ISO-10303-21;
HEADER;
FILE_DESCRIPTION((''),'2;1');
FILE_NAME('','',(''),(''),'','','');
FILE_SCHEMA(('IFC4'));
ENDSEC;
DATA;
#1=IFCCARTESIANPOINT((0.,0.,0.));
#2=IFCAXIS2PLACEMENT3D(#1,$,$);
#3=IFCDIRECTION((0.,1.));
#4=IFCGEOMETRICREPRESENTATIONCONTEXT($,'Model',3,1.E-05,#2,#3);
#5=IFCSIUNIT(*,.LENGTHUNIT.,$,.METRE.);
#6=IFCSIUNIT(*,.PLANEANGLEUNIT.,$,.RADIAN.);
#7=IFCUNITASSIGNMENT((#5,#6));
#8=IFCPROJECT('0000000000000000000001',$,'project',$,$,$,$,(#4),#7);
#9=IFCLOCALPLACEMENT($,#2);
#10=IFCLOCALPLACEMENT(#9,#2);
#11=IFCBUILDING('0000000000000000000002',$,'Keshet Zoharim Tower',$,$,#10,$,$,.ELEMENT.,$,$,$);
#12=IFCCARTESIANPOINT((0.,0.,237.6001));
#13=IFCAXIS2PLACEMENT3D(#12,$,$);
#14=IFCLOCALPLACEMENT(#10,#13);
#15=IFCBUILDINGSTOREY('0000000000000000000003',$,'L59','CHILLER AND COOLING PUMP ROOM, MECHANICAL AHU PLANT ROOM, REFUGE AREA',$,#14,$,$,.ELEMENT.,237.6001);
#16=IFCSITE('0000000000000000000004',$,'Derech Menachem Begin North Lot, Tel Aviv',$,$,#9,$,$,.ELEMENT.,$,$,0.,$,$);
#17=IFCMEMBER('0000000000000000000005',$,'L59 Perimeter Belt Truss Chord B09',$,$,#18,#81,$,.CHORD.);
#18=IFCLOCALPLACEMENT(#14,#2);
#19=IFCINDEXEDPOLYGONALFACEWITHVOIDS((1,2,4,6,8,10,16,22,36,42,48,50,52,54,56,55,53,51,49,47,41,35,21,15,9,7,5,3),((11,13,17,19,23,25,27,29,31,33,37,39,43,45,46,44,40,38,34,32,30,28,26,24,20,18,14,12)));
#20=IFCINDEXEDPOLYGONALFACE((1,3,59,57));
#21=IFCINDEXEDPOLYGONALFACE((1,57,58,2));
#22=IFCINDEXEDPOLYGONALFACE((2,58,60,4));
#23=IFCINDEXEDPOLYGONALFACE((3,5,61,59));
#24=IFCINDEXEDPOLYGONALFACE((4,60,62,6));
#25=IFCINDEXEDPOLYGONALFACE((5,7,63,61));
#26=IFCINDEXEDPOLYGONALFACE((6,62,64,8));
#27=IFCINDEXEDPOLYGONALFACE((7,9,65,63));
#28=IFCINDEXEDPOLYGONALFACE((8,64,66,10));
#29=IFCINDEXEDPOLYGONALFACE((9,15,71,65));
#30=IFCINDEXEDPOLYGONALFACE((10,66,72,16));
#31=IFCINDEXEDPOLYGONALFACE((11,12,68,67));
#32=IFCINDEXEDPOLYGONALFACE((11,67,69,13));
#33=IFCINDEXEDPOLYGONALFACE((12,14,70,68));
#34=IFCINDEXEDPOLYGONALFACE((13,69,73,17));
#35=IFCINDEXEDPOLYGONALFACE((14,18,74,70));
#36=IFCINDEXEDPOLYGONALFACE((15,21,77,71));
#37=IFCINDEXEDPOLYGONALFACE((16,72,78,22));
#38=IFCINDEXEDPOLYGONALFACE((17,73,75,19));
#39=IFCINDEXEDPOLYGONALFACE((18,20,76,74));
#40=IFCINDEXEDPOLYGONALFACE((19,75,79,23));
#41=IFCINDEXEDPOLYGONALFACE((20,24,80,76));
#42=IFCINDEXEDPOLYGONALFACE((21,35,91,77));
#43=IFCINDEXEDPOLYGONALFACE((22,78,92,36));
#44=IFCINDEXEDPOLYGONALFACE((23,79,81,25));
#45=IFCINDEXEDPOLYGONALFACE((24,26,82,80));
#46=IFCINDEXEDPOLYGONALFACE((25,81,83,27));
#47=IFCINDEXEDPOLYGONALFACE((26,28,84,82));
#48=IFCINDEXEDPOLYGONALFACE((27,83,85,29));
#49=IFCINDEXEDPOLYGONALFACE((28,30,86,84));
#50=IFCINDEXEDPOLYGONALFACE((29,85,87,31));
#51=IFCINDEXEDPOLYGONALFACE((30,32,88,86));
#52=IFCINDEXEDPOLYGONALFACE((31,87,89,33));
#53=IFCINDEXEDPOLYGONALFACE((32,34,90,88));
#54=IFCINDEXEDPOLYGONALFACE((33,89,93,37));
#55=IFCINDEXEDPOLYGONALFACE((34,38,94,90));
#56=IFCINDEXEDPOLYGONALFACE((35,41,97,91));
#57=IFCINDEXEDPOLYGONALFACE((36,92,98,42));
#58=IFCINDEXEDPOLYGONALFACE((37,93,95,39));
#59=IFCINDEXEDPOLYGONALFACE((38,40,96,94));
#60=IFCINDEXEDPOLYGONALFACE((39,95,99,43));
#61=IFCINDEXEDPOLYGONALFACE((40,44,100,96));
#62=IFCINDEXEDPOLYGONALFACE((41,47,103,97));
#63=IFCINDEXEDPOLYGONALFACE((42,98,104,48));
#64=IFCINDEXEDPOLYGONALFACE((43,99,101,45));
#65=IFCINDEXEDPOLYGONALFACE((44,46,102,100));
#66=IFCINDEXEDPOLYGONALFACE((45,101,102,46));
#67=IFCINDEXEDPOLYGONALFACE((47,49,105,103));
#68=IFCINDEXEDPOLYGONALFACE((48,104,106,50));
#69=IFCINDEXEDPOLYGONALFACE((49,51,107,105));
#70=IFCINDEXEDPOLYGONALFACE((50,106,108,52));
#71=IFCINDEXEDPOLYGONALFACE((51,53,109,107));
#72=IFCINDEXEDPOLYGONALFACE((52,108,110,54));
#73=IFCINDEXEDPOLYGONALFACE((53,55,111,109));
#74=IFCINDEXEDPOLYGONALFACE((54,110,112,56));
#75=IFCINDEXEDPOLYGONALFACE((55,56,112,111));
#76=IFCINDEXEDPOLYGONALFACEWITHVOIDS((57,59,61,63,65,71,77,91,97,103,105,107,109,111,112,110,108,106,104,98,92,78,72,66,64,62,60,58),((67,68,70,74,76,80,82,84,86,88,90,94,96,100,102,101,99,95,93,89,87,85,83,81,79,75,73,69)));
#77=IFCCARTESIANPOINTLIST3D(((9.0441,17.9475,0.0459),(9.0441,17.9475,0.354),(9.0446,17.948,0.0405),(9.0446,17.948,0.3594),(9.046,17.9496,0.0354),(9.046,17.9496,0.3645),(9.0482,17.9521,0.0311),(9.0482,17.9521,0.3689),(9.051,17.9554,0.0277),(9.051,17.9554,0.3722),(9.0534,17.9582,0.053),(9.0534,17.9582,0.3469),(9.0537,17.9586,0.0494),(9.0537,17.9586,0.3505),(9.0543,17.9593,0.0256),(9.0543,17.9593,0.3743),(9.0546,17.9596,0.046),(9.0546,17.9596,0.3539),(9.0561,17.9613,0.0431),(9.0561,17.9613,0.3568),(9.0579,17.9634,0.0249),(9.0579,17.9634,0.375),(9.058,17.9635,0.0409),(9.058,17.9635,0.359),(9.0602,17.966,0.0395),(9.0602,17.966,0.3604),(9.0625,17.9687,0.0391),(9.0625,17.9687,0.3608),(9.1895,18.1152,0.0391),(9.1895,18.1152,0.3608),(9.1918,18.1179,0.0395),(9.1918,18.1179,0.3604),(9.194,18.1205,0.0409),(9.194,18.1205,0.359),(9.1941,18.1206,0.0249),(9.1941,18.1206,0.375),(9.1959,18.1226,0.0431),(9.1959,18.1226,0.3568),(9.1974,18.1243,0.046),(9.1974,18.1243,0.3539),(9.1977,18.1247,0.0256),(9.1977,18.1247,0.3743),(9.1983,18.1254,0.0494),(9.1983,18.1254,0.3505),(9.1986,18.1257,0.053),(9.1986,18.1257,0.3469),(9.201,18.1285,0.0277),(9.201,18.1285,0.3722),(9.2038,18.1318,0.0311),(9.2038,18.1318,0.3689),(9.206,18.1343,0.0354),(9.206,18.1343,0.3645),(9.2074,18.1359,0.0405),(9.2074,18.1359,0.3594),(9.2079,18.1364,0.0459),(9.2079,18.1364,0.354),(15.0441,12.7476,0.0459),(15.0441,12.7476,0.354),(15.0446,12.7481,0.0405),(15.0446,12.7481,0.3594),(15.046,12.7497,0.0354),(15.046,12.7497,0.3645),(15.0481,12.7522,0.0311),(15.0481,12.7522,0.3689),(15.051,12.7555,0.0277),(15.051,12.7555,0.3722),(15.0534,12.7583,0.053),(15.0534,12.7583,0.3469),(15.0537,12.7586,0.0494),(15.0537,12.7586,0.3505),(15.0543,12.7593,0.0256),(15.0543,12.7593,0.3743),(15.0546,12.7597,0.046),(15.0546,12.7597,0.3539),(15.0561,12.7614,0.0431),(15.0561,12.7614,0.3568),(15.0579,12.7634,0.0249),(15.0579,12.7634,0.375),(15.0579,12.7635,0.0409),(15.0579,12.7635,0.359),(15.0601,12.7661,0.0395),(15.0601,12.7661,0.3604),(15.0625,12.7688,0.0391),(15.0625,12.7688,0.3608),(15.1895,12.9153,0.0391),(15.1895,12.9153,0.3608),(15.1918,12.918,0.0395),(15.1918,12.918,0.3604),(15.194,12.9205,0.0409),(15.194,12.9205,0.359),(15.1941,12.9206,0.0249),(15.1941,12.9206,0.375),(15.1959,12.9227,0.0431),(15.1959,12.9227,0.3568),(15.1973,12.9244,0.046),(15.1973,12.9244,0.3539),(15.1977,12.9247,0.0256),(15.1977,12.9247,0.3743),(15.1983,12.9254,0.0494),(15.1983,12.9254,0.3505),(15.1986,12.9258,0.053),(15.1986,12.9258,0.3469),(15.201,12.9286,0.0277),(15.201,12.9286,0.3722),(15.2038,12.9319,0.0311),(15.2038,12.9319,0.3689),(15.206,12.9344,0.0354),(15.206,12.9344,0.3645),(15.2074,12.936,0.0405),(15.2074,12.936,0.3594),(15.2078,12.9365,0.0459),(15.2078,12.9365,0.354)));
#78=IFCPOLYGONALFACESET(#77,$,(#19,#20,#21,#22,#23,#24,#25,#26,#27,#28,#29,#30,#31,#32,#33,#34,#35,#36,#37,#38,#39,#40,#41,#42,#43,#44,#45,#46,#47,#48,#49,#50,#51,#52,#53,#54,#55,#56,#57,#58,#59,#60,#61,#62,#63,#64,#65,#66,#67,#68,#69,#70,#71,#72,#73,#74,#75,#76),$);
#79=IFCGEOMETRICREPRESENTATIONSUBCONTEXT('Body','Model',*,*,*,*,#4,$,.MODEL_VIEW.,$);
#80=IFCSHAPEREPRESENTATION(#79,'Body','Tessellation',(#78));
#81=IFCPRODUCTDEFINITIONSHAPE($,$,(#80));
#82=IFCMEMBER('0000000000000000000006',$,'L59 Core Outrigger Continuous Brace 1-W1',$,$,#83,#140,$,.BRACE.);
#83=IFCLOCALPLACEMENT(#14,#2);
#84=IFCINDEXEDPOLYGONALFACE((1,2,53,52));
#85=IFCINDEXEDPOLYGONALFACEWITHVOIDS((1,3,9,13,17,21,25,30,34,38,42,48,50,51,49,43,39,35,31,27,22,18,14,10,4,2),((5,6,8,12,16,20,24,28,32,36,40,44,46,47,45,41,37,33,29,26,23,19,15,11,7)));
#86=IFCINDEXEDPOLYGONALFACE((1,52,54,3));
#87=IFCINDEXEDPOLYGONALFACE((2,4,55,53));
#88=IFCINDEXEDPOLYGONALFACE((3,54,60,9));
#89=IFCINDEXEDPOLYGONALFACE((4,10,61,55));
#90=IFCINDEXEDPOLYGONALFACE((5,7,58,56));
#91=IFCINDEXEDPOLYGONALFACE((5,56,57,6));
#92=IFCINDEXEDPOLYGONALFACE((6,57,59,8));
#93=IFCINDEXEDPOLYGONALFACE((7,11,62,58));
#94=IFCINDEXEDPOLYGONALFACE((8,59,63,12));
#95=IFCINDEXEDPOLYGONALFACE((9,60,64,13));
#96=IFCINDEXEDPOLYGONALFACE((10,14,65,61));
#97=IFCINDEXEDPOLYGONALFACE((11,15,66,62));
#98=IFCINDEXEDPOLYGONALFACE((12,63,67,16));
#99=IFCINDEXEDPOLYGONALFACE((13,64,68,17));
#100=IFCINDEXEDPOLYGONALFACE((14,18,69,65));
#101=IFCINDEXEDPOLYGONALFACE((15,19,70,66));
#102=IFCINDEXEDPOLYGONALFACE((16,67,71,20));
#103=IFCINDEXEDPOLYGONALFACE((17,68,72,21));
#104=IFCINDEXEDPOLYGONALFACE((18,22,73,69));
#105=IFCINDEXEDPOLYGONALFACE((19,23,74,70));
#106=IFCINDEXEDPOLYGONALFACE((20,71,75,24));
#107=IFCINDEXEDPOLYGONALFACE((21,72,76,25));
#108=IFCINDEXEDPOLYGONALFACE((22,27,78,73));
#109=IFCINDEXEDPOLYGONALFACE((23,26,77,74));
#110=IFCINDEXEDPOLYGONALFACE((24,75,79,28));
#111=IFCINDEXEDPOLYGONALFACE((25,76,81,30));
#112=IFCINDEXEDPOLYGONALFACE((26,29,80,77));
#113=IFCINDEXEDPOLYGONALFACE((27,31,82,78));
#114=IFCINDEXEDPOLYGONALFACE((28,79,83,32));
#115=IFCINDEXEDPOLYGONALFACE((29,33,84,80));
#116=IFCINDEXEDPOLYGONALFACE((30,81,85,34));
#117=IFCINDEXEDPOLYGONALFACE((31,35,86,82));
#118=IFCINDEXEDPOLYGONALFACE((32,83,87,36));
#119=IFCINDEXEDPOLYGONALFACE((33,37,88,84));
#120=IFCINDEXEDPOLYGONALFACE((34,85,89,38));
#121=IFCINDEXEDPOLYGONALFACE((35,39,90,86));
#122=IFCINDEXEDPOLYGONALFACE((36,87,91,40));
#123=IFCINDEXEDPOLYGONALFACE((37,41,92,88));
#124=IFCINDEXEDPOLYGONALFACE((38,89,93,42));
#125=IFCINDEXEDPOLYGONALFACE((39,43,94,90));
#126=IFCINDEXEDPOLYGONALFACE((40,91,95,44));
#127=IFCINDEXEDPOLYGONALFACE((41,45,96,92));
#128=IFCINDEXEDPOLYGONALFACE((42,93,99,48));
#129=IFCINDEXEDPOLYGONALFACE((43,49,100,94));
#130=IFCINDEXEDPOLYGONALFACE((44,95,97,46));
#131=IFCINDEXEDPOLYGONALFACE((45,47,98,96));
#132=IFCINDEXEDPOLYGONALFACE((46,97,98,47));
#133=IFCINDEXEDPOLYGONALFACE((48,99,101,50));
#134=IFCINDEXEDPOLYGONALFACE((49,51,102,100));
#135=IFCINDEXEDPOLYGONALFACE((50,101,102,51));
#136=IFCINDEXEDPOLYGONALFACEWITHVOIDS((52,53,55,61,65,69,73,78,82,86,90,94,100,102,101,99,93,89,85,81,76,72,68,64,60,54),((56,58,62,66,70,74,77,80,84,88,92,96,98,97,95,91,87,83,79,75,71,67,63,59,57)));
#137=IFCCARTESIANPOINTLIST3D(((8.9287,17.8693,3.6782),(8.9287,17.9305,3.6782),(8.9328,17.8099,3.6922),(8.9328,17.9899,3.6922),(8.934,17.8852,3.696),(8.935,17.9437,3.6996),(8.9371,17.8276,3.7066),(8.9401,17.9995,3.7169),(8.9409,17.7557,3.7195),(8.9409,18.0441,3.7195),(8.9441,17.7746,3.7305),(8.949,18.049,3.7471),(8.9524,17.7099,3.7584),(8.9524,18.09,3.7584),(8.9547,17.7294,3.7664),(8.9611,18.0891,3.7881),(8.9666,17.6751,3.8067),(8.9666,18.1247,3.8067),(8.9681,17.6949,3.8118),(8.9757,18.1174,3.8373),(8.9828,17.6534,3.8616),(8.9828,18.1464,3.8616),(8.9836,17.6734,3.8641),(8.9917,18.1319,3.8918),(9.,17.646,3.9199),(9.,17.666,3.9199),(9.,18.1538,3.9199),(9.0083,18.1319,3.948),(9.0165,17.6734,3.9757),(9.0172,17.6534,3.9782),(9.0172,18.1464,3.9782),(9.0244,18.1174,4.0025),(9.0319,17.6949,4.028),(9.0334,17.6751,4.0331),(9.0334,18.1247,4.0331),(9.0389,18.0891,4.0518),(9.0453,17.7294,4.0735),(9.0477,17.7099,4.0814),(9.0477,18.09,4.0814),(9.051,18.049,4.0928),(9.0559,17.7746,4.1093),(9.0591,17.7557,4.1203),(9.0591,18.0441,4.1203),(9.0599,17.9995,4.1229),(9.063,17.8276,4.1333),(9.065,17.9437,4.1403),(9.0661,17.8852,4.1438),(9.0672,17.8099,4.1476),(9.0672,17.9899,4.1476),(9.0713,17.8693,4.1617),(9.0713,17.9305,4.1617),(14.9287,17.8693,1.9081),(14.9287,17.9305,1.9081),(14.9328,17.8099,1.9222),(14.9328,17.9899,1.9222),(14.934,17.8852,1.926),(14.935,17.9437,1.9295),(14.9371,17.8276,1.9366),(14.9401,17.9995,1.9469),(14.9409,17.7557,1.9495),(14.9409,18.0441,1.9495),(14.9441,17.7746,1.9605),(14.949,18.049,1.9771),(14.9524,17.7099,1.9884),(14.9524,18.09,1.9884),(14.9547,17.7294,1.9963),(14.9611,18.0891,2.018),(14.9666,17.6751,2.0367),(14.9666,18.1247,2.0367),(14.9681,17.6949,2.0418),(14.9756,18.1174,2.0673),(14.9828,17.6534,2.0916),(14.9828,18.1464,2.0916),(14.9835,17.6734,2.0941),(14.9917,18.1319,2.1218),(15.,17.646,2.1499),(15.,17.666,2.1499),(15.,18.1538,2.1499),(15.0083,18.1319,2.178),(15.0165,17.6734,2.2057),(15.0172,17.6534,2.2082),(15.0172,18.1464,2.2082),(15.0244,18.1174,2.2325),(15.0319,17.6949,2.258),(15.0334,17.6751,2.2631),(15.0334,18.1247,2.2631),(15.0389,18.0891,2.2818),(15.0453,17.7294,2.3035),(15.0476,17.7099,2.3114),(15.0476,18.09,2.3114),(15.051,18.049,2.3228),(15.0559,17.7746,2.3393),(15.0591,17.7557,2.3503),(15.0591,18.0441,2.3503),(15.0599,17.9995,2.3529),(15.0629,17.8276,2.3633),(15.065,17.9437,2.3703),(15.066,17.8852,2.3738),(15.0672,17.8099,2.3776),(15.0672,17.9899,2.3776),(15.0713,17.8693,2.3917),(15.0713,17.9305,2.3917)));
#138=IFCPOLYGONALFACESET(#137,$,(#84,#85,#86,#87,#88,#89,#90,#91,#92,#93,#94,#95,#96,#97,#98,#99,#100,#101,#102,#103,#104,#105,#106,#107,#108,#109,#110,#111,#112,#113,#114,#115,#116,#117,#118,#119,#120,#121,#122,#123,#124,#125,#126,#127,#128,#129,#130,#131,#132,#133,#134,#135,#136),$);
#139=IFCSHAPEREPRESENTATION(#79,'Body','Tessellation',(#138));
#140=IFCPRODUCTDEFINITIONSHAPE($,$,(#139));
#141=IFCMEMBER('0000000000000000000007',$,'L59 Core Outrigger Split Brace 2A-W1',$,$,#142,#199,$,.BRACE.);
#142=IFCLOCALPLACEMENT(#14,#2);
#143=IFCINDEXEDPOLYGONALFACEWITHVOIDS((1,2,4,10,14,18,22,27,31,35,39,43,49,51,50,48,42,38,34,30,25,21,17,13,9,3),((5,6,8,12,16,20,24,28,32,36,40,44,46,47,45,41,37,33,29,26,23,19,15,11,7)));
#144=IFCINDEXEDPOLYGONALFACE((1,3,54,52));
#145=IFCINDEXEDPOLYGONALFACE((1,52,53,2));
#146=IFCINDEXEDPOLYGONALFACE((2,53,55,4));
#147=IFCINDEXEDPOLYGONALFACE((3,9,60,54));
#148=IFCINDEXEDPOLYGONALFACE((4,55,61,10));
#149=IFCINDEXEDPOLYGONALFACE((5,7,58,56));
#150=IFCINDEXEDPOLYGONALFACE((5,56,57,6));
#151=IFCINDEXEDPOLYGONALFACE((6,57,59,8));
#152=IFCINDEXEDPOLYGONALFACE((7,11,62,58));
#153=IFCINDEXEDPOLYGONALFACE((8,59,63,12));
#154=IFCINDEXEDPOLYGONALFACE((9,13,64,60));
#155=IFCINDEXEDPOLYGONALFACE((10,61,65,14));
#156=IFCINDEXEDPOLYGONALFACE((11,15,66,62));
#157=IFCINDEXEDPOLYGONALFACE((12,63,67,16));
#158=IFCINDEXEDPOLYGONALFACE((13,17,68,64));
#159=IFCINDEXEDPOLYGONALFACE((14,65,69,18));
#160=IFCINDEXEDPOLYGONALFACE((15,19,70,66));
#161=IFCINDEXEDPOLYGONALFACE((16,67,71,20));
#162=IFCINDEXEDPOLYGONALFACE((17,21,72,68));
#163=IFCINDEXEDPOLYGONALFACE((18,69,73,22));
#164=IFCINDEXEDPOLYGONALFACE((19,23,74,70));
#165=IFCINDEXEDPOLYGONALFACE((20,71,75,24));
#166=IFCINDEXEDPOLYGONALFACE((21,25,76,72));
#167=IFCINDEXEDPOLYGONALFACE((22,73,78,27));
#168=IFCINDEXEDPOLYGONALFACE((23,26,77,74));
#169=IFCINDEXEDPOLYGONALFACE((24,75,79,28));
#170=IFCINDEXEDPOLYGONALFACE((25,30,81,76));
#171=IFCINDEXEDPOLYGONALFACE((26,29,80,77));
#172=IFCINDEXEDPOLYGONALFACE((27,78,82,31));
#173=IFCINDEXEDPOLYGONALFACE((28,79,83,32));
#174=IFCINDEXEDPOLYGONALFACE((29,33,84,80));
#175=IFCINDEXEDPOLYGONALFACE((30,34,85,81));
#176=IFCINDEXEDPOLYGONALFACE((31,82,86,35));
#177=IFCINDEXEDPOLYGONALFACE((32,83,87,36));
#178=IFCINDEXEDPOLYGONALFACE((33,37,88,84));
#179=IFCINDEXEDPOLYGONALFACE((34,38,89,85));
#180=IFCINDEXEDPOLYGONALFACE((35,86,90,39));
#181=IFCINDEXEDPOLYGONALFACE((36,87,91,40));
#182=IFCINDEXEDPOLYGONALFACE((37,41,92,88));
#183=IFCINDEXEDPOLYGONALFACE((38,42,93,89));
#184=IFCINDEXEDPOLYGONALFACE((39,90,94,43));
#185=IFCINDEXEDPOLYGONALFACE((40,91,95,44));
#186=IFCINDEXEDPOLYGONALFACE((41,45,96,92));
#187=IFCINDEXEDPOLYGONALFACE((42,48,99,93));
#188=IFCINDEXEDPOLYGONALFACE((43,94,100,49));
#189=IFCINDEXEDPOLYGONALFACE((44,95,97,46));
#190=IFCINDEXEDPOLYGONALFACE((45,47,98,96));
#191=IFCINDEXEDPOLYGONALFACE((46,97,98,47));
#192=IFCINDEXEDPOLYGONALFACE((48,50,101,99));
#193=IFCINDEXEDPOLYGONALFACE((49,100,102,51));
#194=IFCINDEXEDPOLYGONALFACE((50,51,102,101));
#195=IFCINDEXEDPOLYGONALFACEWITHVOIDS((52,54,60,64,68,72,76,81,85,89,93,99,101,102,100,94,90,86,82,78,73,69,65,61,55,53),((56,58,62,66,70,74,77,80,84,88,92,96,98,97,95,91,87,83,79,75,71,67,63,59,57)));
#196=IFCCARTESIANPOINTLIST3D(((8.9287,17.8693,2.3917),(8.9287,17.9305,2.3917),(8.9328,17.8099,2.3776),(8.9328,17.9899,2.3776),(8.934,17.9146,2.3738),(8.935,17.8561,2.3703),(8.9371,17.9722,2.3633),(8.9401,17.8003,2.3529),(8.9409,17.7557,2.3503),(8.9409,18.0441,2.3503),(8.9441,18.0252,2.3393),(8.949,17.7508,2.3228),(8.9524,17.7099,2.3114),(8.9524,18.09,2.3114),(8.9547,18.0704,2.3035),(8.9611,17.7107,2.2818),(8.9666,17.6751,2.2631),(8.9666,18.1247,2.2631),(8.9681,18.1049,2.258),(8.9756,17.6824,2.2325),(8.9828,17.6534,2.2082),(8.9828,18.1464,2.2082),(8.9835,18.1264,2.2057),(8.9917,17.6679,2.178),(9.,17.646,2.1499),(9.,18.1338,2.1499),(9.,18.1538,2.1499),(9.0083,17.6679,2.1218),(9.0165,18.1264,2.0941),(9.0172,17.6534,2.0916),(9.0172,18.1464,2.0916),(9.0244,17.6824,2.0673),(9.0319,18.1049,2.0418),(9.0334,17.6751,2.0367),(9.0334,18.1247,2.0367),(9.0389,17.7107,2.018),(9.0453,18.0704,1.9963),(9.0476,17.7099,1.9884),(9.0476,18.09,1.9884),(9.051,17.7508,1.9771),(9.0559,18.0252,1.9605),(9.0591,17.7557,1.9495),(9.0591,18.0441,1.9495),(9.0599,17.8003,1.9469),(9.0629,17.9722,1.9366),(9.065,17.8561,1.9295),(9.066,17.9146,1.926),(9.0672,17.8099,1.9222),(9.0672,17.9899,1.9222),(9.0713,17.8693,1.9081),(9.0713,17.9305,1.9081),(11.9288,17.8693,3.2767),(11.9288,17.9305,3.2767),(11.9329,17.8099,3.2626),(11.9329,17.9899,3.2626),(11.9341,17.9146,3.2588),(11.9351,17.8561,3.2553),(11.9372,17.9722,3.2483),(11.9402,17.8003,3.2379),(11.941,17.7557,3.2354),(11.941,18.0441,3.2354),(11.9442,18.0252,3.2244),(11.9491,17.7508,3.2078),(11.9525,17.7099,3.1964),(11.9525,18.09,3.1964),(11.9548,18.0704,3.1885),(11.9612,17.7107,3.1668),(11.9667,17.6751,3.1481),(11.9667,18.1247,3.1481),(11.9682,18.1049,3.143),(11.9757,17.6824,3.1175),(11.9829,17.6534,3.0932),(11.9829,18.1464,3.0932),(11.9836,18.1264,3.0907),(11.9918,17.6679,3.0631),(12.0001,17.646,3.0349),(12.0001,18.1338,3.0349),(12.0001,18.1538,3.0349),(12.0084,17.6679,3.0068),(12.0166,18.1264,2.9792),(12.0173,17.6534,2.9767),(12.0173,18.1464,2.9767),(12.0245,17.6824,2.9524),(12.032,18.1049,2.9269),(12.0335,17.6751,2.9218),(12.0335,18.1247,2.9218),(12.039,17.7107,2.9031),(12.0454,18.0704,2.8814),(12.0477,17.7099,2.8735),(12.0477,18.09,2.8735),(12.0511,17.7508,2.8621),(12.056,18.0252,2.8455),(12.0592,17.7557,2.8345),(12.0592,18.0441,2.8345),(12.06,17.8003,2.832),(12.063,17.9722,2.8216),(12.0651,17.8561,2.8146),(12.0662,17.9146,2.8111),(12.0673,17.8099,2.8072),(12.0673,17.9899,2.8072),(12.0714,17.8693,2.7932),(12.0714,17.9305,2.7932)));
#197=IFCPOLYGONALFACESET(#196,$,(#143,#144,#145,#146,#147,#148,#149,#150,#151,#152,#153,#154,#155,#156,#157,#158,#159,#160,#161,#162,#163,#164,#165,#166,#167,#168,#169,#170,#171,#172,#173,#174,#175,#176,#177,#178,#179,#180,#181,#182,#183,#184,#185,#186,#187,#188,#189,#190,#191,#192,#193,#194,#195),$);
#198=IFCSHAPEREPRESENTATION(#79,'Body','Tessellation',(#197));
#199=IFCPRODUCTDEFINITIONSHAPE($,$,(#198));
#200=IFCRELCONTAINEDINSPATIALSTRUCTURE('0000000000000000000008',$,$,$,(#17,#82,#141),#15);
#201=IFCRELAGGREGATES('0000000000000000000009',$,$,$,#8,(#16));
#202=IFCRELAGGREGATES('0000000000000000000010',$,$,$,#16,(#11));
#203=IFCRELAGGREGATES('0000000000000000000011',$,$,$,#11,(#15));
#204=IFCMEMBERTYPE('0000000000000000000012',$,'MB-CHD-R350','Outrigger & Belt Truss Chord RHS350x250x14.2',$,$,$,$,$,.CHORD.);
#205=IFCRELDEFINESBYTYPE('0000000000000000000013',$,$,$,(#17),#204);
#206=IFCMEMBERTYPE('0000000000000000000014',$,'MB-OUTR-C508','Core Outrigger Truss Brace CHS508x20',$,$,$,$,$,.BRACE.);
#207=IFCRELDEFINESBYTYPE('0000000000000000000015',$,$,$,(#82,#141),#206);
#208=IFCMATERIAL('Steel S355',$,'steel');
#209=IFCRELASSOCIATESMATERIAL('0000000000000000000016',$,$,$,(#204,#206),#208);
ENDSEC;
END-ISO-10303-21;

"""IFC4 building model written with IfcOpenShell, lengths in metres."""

from ifc_helpers import new_model, si_unit, direction, frame, origin, origin_2d, place, context, subcontext, project, spatial, hollow_rectangle, hollow_circle, extrude, material, material_profile, profile_set, type_object, element, save


model = new_model("IFC4")

# Units and contexts
model_context = context("Model", 3, precision=1e-05, world=origin(), true_north=direction((0.0, 1.0)))
body_context = subcontext(model_context, "Body", "Model", "MODEL_VIEW")
ifc_project = project(units=[si_unit("LENGTHUNIT", "METRE"), si_unit("PLANEANGLEUNIT", "RADIAN")], contexts=[model_context])

# Site, building, storey
site_placement = place(None, origin())
site = spatial("IfcSite", under=ifc_project, at=site_placement, Name="Derech Menachem Begin North Lot, Tel Aviv", CompositionType="ELEMENT", RefElevation=0.0)
building_placement = place(site_placement, origin())
building = spatial("IfcBuilding", under=site, at=building_placement, Name="Keshet Zoharim Tower", CompositionType="ELEMENT")
storey_placement = place(building_placement, frame((0.0, 0.0, 237.6001)))
storey = spatial("IfcBuildingStorey", under=building, at=storey_placement, Name="L59", Description="CHILLER AND COOLING PUMP ROOM, MECHANICAL AHU PLANT ROOM, REFUGE AREA", CompositionType="ELEMENT", Elevation=237.6001)

# Shared definitions
ifc_material_1 = material(Name="Steel S355", Category="steel")

# Members
ifc_material_profile_1 = material_profile(ifc_material_1, hollow_rectangle(XDim=0.25, YDim=0.3501, WallThickness=0.0142, InnerFilletRadius=0.0139, OuterFilletRadius=0.021, at=origin_2d()), Name="RHS350x250x14.2")
ifc_profile_set_1 = profile_set([ifc_material_profile_1], Name="Steel S355")
member_type_1 = type_object("IfcMemberType", Name="MB-CHD-R350", Description="Outrigger & Belt Truss Chord RHS350x250x14.2", PredefinedType="CHORD", material=ifc_profile_set_1)
member_1_placement = place(storey_placement, frame((15.126, 12.842, 0.2), z_axis=(-0.755692, 0.654927, 0.0), x_axis=(-0.654927, -0.755692, 0.0)))
element("IfcMember", 1, at=member_1_placement, inside=storey, type_object=member_type_1, Name="L59 Perimeter Belt Truss Chord B09", PredefinedType="CHORD", context=body_context, shape_type="SweptSolid", body=[
    extrude(hollow_rectangle(XDim=0.25, YDim=0.3501, WallThickness=0.0142, InnerFilletRadius=0.0139, OuterFilletRadius=0.021, at=origin_2d()), origin(), (0.0, 0.0, 1.0), 7.9397),
])
ifc_material_profile_2 = material_profile(ifc_material_1, hollow_circle(Radius=0.2539, WallThickness=0.02, at=origin_2d()), Name="CHS508x20")
ifc_profile_set_2 = profile_set([ifc_material_profile_2], Name="Steel S355")
member_type_2 = type_object("IfcMemberType", Name="MB-OUTR-C508", Description="Core Outrigger Truss Brace CHS508x20", PredefinedType="BRACE", material=ifc_profile_set_2)
member_2_placement = place(storey_placement, frame((15.0, 17.8999, 2.1499), z_axis=(-0.959135, 0.0, 0.282948), x_axis=(0.0, -1.0, 0.0)))
element("IfcMember", 2, at=member_2_placement, inside=storey, type_object=member_type_2, Name="L59 Core Outrigger Continuous Brace 1-W1", PredefinedType="BRACE", context=body_context, shape_type="SweptSolid", body=[
    extrude(hollow_circle(Radius=0.2539, WallThickness=0.02, at=origin_2d()), origin(), (0.0, 0.0, 1.0), 6.2556),
])
for number, where, z_axis, x_axis, name in (
    (3, (9.0, 17.8999, 2.1499), (0.959135, 0.0, 0.282948), (0.0, 1.0, 0.0), "L59 Core Outrigger Split Brace 2A-W1"),
):
    element("IfcMember", number, at=place(storey_placement, frame(where, z_axis=z_axis, x_axis=x_axis)), inside=storey, type_object=member_type_2, Name=name, PredefinedType="BRACE", context=body_context, shape_type="SweptSolid", body=[
        extrude(hollow_circle(Radius=0.2539, WallThickness=0.02, at=origin_2d()), origin(), (0.0, 0.0, 1.0), 3.1279),
    ])

save(model, "model.ifc")
